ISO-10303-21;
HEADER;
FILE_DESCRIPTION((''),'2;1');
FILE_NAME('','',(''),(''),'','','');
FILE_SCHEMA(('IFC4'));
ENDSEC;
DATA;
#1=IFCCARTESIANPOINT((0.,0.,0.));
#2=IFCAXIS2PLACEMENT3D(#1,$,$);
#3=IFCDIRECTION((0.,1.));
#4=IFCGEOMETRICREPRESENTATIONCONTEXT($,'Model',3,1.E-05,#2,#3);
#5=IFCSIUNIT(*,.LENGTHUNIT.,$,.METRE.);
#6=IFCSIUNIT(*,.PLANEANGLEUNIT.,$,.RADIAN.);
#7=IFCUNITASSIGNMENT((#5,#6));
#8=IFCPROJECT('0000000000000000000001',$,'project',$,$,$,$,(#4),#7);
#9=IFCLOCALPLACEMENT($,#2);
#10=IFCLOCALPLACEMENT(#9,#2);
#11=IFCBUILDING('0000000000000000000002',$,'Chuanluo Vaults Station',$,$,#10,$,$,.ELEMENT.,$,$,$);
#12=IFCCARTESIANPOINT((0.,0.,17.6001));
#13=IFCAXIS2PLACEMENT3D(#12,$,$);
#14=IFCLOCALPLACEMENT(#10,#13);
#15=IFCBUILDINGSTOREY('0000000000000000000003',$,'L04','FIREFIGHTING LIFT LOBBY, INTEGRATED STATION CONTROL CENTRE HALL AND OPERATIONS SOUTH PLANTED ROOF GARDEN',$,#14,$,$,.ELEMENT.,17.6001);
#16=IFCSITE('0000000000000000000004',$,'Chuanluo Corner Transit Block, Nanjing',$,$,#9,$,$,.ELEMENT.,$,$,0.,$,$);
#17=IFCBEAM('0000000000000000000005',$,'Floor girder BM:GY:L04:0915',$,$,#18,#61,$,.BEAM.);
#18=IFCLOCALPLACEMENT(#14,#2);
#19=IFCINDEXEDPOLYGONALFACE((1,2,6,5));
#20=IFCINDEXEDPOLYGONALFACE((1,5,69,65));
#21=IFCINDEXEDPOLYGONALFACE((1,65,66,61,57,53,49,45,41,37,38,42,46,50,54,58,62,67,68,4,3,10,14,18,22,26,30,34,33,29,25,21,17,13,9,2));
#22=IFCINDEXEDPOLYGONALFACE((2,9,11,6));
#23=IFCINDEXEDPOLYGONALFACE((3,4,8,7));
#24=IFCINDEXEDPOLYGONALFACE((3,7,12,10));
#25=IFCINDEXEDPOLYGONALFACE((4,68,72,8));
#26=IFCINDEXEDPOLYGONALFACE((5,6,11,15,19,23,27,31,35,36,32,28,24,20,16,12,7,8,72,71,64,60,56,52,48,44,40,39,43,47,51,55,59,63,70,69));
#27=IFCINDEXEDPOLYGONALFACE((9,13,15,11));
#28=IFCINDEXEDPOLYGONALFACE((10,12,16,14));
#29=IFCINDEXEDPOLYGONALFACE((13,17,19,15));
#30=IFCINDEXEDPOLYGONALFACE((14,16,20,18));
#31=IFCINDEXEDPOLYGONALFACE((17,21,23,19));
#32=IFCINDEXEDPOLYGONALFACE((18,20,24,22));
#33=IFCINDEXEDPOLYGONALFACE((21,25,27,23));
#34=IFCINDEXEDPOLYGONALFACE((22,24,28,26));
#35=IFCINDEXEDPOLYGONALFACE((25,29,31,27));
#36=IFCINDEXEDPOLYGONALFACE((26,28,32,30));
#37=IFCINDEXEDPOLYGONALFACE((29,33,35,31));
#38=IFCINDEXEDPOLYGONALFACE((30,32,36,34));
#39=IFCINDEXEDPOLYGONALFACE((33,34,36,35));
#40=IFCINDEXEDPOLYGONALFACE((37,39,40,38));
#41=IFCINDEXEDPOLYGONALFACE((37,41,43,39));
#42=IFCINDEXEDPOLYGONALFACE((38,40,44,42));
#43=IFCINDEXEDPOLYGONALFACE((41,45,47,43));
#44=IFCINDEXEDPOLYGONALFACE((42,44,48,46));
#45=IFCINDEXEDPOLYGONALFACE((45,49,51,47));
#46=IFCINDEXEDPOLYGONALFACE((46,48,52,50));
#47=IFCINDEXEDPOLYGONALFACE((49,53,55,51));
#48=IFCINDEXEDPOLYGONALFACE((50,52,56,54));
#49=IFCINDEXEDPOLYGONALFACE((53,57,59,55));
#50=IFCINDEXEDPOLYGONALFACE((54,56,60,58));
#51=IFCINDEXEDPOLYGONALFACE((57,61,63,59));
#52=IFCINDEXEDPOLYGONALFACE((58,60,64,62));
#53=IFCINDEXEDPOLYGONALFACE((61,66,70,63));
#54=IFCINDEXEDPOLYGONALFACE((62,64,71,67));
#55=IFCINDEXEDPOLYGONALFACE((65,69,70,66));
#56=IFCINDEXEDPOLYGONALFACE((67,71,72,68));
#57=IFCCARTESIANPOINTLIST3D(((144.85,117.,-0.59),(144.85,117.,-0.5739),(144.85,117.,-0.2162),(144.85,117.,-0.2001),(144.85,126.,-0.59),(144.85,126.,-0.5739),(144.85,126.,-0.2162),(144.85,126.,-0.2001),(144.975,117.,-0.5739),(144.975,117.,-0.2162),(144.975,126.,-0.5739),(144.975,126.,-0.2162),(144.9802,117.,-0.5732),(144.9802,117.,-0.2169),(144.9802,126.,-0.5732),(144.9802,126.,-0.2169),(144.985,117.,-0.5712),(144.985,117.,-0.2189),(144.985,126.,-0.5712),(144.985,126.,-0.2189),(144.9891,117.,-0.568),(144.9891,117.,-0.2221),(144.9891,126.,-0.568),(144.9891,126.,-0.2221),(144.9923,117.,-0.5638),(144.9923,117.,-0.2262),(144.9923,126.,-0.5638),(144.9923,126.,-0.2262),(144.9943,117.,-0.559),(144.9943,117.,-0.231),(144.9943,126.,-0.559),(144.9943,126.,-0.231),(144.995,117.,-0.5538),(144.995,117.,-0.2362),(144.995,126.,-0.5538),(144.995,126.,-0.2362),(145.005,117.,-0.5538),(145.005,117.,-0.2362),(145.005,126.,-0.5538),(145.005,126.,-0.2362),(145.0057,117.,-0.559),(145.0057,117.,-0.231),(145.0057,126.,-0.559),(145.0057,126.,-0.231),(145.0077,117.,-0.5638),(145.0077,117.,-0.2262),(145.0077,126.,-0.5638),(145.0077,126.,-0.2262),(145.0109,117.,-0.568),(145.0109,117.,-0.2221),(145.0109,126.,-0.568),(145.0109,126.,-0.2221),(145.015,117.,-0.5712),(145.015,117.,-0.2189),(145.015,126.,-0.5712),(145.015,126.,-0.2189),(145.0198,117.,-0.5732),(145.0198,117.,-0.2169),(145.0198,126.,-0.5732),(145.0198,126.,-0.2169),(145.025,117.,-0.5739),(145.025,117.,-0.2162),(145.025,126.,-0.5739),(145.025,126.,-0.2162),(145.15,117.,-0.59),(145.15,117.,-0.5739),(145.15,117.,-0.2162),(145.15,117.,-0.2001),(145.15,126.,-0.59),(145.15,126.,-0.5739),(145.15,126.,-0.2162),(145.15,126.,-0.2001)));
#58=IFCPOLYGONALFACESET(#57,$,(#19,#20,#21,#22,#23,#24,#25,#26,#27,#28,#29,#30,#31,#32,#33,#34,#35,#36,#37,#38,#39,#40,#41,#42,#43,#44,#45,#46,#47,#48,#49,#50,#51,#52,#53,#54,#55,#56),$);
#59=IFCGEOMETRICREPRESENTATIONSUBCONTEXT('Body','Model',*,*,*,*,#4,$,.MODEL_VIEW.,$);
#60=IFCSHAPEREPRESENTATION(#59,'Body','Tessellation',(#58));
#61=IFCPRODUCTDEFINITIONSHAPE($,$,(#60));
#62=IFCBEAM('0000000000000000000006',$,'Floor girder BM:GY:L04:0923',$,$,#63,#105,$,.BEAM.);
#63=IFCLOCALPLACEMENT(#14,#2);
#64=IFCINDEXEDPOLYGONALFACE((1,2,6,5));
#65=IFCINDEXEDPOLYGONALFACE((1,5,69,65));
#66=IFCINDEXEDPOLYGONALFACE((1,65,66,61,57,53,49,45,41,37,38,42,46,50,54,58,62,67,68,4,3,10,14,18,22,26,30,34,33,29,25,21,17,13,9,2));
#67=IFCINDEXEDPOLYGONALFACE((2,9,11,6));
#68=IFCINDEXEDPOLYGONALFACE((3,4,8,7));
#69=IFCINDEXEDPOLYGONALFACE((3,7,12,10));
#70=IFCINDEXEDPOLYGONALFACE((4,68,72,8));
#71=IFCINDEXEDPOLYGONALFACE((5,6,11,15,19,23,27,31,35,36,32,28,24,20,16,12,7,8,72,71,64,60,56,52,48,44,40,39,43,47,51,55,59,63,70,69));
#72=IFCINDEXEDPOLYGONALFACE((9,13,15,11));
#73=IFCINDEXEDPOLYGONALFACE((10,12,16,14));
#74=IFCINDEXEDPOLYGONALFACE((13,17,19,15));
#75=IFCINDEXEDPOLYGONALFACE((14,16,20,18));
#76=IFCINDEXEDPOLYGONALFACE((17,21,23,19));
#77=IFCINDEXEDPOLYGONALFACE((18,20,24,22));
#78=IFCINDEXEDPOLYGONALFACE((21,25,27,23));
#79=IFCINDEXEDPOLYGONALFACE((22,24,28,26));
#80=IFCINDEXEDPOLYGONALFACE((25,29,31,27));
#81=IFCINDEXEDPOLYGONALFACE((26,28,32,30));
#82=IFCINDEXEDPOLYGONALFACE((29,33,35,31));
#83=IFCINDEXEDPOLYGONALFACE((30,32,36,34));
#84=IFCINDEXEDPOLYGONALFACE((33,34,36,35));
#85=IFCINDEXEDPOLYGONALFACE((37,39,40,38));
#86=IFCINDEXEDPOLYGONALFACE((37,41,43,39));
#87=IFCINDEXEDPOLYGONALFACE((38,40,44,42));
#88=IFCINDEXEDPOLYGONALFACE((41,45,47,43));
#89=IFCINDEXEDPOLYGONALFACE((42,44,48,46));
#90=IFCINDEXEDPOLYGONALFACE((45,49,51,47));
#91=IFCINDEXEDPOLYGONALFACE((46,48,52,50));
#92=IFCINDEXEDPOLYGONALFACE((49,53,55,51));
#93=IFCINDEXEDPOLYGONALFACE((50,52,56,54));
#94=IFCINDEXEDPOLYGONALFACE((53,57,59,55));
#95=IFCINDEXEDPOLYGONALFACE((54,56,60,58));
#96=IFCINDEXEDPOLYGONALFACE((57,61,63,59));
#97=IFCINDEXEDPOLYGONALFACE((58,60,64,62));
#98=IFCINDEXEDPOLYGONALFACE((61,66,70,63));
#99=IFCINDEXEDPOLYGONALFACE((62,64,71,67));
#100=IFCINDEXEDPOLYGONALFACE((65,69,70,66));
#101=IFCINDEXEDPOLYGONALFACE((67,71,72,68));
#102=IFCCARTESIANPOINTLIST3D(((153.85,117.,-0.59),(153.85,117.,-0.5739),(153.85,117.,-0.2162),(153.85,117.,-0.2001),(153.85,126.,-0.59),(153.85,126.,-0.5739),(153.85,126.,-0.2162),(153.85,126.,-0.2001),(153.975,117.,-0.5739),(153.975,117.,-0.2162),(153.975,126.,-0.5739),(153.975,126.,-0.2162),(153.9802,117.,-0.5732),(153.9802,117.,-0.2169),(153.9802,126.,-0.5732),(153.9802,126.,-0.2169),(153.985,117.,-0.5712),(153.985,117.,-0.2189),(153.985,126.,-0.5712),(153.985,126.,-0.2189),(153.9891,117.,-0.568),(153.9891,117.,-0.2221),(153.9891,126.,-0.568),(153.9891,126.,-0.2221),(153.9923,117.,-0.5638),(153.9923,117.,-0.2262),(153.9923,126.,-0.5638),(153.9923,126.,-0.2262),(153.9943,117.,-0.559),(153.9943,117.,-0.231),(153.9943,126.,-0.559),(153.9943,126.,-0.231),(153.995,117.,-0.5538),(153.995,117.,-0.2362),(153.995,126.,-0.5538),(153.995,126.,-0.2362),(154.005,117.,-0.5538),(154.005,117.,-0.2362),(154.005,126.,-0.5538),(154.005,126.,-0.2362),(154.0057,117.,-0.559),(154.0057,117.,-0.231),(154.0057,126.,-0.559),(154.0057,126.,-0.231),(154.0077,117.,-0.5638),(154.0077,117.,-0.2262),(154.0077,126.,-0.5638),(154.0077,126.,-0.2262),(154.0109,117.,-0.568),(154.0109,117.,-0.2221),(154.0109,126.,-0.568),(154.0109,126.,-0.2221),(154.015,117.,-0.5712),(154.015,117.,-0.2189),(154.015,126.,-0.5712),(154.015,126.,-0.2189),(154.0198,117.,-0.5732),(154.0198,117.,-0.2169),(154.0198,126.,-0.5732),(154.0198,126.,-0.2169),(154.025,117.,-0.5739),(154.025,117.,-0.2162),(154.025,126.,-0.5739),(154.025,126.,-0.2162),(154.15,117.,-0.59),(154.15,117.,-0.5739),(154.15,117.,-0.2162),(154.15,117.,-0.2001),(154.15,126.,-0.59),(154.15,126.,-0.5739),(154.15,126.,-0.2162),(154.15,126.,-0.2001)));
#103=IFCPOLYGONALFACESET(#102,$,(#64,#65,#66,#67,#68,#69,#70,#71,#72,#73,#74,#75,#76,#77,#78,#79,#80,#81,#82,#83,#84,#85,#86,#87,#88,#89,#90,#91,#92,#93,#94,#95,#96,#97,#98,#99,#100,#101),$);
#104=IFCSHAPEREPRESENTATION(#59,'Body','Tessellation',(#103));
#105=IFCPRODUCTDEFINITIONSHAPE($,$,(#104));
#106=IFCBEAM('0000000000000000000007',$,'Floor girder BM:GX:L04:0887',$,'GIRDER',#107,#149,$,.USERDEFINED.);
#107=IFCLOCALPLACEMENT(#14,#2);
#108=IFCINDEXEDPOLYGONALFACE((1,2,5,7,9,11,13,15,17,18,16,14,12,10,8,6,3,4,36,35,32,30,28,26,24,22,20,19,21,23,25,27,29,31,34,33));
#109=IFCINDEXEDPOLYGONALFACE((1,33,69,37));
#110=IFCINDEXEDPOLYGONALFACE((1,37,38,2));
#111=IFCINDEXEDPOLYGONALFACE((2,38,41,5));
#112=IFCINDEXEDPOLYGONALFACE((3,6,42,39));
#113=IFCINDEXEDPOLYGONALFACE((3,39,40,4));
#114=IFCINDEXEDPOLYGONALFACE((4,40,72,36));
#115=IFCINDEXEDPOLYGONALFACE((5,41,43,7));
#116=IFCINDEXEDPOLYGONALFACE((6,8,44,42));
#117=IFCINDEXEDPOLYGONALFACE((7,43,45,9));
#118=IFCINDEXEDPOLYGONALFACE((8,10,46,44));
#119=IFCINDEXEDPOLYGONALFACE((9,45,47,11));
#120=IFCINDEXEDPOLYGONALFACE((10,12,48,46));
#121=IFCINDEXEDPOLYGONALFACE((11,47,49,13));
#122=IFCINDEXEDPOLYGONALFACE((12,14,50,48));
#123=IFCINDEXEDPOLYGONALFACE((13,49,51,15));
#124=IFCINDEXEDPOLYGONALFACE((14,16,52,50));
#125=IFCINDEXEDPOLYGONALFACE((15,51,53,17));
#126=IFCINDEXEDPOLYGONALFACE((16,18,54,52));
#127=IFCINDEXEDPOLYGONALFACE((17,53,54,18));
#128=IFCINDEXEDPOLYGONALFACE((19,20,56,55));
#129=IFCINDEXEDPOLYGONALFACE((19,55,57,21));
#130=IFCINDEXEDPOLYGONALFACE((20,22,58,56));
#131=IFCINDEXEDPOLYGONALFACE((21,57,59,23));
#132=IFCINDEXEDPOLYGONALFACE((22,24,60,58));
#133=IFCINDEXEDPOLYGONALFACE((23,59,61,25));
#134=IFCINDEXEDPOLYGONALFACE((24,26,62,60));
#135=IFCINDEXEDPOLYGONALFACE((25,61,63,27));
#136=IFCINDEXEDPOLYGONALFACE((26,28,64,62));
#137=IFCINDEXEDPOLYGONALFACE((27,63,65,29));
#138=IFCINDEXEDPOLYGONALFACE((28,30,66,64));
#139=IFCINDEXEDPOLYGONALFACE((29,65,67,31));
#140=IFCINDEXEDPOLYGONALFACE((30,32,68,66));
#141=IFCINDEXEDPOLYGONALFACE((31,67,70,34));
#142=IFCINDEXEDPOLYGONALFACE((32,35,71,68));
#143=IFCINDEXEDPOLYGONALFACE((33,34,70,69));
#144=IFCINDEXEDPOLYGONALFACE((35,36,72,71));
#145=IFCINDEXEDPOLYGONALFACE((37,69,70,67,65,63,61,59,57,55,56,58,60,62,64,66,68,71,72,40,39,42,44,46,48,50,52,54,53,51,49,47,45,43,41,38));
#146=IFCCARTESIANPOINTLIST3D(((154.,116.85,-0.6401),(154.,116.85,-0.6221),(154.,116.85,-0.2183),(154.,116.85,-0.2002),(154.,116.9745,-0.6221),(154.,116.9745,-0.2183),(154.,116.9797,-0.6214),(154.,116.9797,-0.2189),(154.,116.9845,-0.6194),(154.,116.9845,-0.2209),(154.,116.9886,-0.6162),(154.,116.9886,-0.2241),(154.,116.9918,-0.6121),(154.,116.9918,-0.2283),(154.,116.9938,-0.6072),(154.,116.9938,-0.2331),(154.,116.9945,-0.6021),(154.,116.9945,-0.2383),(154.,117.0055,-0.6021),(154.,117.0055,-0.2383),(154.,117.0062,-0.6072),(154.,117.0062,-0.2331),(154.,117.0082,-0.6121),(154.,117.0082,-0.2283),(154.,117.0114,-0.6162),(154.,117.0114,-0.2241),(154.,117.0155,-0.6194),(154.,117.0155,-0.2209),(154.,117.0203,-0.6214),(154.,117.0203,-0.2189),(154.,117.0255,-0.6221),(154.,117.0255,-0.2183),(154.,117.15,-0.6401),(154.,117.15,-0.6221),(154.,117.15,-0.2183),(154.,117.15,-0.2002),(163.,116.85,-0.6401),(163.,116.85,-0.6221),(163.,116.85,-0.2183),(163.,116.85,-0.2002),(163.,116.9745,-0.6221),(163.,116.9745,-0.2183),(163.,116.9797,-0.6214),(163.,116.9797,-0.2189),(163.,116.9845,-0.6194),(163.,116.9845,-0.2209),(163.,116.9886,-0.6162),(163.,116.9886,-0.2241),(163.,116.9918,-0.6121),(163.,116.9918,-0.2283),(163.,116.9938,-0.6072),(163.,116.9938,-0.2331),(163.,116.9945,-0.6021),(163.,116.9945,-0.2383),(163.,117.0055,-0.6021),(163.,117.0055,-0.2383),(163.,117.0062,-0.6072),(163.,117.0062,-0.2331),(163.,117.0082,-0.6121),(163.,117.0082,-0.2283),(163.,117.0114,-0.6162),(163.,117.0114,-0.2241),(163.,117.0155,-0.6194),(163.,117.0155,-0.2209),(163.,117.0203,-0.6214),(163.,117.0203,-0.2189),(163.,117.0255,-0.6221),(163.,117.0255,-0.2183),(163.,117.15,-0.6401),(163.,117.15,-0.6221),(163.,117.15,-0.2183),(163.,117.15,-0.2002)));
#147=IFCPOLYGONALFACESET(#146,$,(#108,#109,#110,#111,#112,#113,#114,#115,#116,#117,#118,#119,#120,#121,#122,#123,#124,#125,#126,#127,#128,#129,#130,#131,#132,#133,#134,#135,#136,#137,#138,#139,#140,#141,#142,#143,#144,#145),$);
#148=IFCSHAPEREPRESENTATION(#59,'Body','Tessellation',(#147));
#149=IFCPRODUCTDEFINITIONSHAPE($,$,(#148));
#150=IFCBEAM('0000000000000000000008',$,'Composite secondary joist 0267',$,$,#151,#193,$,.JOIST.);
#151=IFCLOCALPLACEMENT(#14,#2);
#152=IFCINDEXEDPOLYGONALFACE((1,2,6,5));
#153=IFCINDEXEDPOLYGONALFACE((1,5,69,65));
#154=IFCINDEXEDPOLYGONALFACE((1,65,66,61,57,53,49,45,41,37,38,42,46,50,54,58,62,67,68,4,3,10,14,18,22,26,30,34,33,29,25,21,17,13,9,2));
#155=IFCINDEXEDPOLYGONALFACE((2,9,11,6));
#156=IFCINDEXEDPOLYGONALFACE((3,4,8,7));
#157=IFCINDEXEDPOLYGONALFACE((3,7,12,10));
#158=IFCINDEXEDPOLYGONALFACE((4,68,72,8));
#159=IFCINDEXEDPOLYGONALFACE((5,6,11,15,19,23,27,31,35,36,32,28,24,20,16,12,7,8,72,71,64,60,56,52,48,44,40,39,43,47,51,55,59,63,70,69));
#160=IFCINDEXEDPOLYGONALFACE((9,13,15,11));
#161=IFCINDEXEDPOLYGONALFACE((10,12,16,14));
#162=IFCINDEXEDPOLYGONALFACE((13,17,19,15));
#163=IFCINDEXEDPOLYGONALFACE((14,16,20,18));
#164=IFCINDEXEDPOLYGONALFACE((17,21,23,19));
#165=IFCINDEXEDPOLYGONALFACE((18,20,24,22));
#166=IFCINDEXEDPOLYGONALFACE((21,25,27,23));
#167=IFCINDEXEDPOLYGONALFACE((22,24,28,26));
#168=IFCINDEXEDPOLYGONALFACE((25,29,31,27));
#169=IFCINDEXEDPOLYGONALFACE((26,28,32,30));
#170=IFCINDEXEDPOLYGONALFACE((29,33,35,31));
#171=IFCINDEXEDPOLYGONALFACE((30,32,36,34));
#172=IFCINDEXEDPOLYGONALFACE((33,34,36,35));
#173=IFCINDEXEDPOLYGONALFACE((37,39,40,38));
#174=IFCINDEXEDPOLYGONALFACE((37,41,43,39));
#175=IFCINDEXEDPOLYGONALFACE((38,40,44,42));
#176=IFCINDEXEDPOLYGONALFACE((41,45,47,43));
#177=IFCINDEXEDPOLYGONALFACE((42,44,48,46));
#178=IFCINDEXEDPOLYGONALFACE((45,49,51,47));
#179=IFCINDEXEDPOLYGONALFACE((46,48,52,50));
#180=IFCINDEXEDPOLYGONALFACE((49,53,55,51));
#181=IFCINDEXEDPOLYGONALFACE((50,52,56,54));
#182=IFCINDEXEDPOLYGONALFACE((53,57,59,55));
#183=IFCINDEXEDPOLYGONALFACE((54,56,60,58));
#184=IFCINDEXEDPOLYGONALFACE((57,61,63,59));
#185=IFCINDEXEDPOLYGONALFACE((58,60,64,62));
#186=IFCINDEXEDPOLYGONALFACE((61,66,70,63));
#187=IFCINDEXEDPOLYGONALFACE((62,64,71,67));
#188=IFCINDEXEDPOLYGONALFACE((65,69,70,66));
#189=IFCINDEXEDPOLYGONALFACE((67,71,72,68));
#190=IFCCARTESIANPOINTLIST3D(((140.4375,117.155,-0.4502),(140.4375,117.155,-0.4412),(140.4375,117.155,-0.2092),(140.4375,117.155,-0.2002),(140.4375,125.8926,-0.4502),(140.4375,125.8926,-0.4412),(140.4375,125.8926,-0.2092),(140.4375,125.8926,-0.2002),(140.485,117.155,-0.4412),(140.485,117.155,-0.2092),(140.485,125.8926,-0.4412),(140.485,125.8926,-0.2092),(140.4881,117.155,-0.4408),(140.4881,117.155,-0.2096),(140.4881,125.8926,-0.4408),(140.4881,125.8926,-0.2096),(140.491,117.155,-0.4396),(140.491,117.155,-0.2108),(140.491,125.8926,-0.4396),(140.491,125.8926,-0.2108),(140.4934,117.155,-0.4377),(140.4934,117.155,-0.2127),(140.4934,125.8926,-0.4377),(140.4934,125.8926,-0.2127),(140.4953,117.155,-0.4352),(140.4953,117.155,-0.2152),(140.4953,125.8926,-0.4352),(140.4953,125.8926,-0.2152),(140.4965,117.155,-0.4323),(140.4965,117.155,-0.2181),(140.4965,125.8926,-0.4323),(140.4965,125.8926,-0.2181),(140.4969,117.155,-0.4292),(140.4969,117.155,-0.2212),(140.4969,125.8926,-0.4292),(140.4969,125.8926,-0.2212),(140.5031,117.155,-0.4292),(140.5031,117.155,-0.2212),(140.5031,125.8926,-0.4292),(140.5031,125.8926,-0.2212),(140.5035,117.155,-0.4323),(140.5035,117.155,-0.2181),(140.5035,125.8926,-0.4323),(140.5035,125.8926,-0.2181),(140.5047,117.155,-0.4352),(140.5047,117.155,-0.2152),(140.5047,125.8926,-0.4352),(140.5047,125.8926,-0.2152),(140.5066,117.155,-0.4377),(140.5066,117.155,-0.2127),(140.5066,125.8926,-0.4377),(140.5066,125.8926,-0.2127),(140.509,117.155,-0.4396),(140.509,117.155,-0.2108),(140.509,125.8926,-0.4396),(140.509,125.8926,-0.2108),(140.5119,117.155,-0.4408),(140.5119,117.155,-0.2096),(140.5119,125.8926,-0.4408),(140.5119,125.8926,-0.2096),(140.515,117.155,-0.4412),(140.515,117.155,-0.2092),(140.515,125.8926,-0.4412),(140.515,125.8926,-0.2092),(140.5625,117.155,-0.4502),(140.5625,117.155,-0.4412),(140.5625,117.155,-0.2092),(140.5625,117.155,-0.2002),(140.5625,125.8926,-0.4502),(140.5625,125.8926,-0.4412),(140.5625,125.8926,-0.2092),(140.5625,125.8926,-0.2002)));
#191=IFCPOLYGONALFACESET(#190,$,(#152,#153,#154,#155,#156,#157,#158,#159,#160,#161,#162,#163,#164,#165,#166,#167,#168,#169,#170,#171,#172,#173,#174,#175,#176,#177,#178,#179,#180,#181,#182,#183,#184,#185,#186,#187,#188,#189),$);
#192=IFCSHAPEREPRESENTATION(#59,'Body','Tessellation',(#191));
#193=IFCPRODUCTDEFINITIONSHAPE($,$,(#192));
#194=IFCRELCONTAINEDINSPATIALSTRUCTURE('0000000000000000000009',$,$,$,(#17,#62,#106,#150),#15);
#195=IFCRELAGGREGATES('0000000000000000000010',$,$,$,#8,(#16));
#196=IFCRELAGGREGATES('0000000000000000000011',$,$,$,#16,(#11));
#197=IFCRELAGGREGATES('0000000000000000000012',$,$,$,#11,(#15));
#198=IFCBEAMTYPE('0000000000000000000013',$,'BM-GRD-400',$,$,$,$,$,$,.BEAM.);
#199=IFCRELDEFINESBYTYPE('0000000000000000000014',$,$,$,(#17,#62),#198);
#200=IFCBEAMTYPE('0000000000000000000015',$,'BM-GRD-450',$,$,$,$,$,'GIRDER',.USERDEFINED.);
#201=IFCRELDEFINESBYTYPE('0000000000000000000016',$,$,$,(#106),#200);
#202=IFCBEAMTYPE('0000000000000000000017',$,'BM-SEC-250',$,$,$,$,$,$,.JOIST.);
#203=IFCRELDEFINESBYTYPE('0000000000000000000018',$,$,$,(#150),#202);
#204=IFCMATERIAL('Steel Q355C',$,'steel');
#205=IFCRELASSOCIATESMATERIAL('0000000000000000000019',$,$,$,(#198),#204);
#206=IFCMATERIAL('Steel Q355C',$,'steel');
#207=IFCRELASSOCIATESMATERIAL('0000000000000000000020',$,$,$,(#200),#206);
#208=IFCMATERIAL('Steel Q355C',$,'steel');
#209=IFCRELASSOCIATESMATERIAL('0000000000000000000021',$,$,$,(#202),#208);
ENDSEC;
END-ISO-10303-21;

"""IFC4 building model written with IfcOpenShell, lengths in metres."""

from ifc_helpers import new_model, si_unit, direction, frame, origin, origin_2d, place, context, subcontext, project, spatial, i_section, extrude, material, material_profile, profile_set, type_object, element, save


model = new_model("IFC4")

# Units and contexts
model_context = context("Model", 3, precision=1e-05, world=origin(), true_north=direction((0.0, 1.0)))
body_context = subcontext(model_context, "Body", "Model", "MODEL_VIEW")
ifc_project = project(units=[si_unit("LENGTHUNIT", "METRE"), si_unit("PLANEANGLEUNIT", "RADIAN")], contexts=[model_context])

# Site, building, storey
site_placement = place(None, origin())
site = spatial("IfcSite", under=ifc_project, at=site_placement, Name="Chuanluo Corner Transit Block, Nanjing", CompositionType="ELEMENT", RefElevation=0.0)
building_placement = place(site_placement, origin())
building = spatial("IfcBuilding", under=site, at=building_placement, Name="Chuanluo Vaults Station", CompositionType="ELEMENT")
storey_placement = place(building_placement, frame((0.0, 0.0, 17.6001)))
storey = spatial("IfcBuildingStorey", under=building, at=storey_placement, Name="L04", Description="FIREFIGHTING LIFT LOBBY, INTEGRATED STATION CONTROL CENTRE HALL AND OPERATIONS SOUTH PLANTED ROOF GARDEN", CompositionType="ELEMENT", Elevation=17.6001)

# Beams
ifc_material_1 = material(Name="Steel Q355C", Category="steel")
ifc_material_profile_1 = material_profile(ifc_material_1, i_section(OverallWidth=0.3, OverallDepth=0.3899, WebThickness=0.01, FlangeThickness=0.0161, FilletRadius=0.02, at=origin_2d()))
ifc_profile_set_1 = profile_set([ifc_material_profile_1], Name="Steel Q355C")
beam_type_1 = type_object("IfcBeamType", Name="BM-GRD-400", PredefinedType="BEAM", material=ifc_profile_set_1)
for number, where, z_axis, x_axis, name in (
    (1, (145.0, 117.0, -0.395), (0.0, 1.0, 0.0), (-1.0, 0.0, 0.0), "Floor girder BM:GY:L04:0915"),
    (2, (154.0, 117.0, -0.395), (0.0, 1.0, 0.0), (-1.0, 0.0, 0.0), "Floor girder BM:GY:L04:0923"),
):
    element("IfcBeam", number, at=place(storey_placement, frame(where, z_axis=z_axis, x_axis=x_axis)), inside=storey, type_object=beam_type_1, Name=name, PredefinedType="BEAM", context=body_context, shape_type="SweptSolid", body=[
        extrude(i_section(OverallWidth=0.3, OverallDepth=0.3899, WebThickness=0.01, FlangeThickness=0.0161, FilletRadius=0.02, at=origin_2d()), origin(), (0.0, 0.0, 1.0), 9.0),
    ])
ifc_material_2 = material(Name="Steel Q355C", Category="steel")
ifc_material_profile_2 = material_profile(ifc_material_2, i_section(OverallWidth=0.3, OverallDepth=0.4399, WebThickness=0.011, FlangeThickness=0.0181, FilletRadius=0.02, at=origin_2d()))
ifc_profile_set_2 = profile_set([ifc_material_profile_2], Name="Steel Q355C")
beam_type_2 = type_object("IfcBeamType", Name="BM-GRD-450", ElementType="GIRDER", PredefinedType="USERDEFINED", material=ifc_profile_set_2)
beam_placement = place(storey_placement, frame((154.0, 117.0, -0.4202), z_axis=(1.0, 0.0, 0.0), x_axis=(0.0, 1.0, 0.0)))
element("IfcBeam", 3, at=beam_placement, inside=storey, type_object=beam_type_2, Name="Floor girder BM:GX:L04:0887", ObjectType="GIRDER", PredefinedType="USERDEFINED", context=body_context, shape_type="SweptSolid", body=[
    extrude(i_section(OverallWidth=0.3, OverallDepth=0.4399, WebThickness=0.011, FlangeThickness=0.0181, FilletRadius=0.02, at=origin_2d()), origin(), (0.0, 0.0, 1.0), 9.0),
])
ifc_material_3 = material(Name="Steel Q355C", Category="steel")
ifc_material_profile_3 = material_profile(ifc_material_3, i_section(OverallWidth=0.125, OverallDepth=0.25, WebThickness=0.0061, FlangeThickness=0.009, FilletRadius=0.012, at=origin_2d()))
ifc_profile_set_3 = profile_set([ifc_material_profile_3], Name="Steel Q355C")
beam_type_3 = type_object("IfcBeamType", Name="BM-SEC-250", PredefinedType="JOIST", material=ifc_profile_set_3)
for number, where, z_axis, x_axis, name in (
    (4, (140.5, 117.155, -0.3252), (0.0, 1.0, 0.0), (-1.0, 0.0, 0.0), "Composite secondary joist 0267"),
):
    element("IfcBeam", number, at=place(storey_placement, frame(where, z_axis=z_axis, x_axis=x_axis)), inside=storey, type_object=beam_type_3, Name=name, PredefinedType="JOIST", context=body_context, shape_type="SweptSolid", body=[
        extrude(i_section(OverallWidth=0.125, OverallDepth=0.25, WebThickness=0.0061, FlangeThickness=0.009, FilletRadius=0.012, at=origin_2d()), origin(), (0.0, 0.0, 1.0), 8.7375),
    ])

save(model, "model.ifc")
